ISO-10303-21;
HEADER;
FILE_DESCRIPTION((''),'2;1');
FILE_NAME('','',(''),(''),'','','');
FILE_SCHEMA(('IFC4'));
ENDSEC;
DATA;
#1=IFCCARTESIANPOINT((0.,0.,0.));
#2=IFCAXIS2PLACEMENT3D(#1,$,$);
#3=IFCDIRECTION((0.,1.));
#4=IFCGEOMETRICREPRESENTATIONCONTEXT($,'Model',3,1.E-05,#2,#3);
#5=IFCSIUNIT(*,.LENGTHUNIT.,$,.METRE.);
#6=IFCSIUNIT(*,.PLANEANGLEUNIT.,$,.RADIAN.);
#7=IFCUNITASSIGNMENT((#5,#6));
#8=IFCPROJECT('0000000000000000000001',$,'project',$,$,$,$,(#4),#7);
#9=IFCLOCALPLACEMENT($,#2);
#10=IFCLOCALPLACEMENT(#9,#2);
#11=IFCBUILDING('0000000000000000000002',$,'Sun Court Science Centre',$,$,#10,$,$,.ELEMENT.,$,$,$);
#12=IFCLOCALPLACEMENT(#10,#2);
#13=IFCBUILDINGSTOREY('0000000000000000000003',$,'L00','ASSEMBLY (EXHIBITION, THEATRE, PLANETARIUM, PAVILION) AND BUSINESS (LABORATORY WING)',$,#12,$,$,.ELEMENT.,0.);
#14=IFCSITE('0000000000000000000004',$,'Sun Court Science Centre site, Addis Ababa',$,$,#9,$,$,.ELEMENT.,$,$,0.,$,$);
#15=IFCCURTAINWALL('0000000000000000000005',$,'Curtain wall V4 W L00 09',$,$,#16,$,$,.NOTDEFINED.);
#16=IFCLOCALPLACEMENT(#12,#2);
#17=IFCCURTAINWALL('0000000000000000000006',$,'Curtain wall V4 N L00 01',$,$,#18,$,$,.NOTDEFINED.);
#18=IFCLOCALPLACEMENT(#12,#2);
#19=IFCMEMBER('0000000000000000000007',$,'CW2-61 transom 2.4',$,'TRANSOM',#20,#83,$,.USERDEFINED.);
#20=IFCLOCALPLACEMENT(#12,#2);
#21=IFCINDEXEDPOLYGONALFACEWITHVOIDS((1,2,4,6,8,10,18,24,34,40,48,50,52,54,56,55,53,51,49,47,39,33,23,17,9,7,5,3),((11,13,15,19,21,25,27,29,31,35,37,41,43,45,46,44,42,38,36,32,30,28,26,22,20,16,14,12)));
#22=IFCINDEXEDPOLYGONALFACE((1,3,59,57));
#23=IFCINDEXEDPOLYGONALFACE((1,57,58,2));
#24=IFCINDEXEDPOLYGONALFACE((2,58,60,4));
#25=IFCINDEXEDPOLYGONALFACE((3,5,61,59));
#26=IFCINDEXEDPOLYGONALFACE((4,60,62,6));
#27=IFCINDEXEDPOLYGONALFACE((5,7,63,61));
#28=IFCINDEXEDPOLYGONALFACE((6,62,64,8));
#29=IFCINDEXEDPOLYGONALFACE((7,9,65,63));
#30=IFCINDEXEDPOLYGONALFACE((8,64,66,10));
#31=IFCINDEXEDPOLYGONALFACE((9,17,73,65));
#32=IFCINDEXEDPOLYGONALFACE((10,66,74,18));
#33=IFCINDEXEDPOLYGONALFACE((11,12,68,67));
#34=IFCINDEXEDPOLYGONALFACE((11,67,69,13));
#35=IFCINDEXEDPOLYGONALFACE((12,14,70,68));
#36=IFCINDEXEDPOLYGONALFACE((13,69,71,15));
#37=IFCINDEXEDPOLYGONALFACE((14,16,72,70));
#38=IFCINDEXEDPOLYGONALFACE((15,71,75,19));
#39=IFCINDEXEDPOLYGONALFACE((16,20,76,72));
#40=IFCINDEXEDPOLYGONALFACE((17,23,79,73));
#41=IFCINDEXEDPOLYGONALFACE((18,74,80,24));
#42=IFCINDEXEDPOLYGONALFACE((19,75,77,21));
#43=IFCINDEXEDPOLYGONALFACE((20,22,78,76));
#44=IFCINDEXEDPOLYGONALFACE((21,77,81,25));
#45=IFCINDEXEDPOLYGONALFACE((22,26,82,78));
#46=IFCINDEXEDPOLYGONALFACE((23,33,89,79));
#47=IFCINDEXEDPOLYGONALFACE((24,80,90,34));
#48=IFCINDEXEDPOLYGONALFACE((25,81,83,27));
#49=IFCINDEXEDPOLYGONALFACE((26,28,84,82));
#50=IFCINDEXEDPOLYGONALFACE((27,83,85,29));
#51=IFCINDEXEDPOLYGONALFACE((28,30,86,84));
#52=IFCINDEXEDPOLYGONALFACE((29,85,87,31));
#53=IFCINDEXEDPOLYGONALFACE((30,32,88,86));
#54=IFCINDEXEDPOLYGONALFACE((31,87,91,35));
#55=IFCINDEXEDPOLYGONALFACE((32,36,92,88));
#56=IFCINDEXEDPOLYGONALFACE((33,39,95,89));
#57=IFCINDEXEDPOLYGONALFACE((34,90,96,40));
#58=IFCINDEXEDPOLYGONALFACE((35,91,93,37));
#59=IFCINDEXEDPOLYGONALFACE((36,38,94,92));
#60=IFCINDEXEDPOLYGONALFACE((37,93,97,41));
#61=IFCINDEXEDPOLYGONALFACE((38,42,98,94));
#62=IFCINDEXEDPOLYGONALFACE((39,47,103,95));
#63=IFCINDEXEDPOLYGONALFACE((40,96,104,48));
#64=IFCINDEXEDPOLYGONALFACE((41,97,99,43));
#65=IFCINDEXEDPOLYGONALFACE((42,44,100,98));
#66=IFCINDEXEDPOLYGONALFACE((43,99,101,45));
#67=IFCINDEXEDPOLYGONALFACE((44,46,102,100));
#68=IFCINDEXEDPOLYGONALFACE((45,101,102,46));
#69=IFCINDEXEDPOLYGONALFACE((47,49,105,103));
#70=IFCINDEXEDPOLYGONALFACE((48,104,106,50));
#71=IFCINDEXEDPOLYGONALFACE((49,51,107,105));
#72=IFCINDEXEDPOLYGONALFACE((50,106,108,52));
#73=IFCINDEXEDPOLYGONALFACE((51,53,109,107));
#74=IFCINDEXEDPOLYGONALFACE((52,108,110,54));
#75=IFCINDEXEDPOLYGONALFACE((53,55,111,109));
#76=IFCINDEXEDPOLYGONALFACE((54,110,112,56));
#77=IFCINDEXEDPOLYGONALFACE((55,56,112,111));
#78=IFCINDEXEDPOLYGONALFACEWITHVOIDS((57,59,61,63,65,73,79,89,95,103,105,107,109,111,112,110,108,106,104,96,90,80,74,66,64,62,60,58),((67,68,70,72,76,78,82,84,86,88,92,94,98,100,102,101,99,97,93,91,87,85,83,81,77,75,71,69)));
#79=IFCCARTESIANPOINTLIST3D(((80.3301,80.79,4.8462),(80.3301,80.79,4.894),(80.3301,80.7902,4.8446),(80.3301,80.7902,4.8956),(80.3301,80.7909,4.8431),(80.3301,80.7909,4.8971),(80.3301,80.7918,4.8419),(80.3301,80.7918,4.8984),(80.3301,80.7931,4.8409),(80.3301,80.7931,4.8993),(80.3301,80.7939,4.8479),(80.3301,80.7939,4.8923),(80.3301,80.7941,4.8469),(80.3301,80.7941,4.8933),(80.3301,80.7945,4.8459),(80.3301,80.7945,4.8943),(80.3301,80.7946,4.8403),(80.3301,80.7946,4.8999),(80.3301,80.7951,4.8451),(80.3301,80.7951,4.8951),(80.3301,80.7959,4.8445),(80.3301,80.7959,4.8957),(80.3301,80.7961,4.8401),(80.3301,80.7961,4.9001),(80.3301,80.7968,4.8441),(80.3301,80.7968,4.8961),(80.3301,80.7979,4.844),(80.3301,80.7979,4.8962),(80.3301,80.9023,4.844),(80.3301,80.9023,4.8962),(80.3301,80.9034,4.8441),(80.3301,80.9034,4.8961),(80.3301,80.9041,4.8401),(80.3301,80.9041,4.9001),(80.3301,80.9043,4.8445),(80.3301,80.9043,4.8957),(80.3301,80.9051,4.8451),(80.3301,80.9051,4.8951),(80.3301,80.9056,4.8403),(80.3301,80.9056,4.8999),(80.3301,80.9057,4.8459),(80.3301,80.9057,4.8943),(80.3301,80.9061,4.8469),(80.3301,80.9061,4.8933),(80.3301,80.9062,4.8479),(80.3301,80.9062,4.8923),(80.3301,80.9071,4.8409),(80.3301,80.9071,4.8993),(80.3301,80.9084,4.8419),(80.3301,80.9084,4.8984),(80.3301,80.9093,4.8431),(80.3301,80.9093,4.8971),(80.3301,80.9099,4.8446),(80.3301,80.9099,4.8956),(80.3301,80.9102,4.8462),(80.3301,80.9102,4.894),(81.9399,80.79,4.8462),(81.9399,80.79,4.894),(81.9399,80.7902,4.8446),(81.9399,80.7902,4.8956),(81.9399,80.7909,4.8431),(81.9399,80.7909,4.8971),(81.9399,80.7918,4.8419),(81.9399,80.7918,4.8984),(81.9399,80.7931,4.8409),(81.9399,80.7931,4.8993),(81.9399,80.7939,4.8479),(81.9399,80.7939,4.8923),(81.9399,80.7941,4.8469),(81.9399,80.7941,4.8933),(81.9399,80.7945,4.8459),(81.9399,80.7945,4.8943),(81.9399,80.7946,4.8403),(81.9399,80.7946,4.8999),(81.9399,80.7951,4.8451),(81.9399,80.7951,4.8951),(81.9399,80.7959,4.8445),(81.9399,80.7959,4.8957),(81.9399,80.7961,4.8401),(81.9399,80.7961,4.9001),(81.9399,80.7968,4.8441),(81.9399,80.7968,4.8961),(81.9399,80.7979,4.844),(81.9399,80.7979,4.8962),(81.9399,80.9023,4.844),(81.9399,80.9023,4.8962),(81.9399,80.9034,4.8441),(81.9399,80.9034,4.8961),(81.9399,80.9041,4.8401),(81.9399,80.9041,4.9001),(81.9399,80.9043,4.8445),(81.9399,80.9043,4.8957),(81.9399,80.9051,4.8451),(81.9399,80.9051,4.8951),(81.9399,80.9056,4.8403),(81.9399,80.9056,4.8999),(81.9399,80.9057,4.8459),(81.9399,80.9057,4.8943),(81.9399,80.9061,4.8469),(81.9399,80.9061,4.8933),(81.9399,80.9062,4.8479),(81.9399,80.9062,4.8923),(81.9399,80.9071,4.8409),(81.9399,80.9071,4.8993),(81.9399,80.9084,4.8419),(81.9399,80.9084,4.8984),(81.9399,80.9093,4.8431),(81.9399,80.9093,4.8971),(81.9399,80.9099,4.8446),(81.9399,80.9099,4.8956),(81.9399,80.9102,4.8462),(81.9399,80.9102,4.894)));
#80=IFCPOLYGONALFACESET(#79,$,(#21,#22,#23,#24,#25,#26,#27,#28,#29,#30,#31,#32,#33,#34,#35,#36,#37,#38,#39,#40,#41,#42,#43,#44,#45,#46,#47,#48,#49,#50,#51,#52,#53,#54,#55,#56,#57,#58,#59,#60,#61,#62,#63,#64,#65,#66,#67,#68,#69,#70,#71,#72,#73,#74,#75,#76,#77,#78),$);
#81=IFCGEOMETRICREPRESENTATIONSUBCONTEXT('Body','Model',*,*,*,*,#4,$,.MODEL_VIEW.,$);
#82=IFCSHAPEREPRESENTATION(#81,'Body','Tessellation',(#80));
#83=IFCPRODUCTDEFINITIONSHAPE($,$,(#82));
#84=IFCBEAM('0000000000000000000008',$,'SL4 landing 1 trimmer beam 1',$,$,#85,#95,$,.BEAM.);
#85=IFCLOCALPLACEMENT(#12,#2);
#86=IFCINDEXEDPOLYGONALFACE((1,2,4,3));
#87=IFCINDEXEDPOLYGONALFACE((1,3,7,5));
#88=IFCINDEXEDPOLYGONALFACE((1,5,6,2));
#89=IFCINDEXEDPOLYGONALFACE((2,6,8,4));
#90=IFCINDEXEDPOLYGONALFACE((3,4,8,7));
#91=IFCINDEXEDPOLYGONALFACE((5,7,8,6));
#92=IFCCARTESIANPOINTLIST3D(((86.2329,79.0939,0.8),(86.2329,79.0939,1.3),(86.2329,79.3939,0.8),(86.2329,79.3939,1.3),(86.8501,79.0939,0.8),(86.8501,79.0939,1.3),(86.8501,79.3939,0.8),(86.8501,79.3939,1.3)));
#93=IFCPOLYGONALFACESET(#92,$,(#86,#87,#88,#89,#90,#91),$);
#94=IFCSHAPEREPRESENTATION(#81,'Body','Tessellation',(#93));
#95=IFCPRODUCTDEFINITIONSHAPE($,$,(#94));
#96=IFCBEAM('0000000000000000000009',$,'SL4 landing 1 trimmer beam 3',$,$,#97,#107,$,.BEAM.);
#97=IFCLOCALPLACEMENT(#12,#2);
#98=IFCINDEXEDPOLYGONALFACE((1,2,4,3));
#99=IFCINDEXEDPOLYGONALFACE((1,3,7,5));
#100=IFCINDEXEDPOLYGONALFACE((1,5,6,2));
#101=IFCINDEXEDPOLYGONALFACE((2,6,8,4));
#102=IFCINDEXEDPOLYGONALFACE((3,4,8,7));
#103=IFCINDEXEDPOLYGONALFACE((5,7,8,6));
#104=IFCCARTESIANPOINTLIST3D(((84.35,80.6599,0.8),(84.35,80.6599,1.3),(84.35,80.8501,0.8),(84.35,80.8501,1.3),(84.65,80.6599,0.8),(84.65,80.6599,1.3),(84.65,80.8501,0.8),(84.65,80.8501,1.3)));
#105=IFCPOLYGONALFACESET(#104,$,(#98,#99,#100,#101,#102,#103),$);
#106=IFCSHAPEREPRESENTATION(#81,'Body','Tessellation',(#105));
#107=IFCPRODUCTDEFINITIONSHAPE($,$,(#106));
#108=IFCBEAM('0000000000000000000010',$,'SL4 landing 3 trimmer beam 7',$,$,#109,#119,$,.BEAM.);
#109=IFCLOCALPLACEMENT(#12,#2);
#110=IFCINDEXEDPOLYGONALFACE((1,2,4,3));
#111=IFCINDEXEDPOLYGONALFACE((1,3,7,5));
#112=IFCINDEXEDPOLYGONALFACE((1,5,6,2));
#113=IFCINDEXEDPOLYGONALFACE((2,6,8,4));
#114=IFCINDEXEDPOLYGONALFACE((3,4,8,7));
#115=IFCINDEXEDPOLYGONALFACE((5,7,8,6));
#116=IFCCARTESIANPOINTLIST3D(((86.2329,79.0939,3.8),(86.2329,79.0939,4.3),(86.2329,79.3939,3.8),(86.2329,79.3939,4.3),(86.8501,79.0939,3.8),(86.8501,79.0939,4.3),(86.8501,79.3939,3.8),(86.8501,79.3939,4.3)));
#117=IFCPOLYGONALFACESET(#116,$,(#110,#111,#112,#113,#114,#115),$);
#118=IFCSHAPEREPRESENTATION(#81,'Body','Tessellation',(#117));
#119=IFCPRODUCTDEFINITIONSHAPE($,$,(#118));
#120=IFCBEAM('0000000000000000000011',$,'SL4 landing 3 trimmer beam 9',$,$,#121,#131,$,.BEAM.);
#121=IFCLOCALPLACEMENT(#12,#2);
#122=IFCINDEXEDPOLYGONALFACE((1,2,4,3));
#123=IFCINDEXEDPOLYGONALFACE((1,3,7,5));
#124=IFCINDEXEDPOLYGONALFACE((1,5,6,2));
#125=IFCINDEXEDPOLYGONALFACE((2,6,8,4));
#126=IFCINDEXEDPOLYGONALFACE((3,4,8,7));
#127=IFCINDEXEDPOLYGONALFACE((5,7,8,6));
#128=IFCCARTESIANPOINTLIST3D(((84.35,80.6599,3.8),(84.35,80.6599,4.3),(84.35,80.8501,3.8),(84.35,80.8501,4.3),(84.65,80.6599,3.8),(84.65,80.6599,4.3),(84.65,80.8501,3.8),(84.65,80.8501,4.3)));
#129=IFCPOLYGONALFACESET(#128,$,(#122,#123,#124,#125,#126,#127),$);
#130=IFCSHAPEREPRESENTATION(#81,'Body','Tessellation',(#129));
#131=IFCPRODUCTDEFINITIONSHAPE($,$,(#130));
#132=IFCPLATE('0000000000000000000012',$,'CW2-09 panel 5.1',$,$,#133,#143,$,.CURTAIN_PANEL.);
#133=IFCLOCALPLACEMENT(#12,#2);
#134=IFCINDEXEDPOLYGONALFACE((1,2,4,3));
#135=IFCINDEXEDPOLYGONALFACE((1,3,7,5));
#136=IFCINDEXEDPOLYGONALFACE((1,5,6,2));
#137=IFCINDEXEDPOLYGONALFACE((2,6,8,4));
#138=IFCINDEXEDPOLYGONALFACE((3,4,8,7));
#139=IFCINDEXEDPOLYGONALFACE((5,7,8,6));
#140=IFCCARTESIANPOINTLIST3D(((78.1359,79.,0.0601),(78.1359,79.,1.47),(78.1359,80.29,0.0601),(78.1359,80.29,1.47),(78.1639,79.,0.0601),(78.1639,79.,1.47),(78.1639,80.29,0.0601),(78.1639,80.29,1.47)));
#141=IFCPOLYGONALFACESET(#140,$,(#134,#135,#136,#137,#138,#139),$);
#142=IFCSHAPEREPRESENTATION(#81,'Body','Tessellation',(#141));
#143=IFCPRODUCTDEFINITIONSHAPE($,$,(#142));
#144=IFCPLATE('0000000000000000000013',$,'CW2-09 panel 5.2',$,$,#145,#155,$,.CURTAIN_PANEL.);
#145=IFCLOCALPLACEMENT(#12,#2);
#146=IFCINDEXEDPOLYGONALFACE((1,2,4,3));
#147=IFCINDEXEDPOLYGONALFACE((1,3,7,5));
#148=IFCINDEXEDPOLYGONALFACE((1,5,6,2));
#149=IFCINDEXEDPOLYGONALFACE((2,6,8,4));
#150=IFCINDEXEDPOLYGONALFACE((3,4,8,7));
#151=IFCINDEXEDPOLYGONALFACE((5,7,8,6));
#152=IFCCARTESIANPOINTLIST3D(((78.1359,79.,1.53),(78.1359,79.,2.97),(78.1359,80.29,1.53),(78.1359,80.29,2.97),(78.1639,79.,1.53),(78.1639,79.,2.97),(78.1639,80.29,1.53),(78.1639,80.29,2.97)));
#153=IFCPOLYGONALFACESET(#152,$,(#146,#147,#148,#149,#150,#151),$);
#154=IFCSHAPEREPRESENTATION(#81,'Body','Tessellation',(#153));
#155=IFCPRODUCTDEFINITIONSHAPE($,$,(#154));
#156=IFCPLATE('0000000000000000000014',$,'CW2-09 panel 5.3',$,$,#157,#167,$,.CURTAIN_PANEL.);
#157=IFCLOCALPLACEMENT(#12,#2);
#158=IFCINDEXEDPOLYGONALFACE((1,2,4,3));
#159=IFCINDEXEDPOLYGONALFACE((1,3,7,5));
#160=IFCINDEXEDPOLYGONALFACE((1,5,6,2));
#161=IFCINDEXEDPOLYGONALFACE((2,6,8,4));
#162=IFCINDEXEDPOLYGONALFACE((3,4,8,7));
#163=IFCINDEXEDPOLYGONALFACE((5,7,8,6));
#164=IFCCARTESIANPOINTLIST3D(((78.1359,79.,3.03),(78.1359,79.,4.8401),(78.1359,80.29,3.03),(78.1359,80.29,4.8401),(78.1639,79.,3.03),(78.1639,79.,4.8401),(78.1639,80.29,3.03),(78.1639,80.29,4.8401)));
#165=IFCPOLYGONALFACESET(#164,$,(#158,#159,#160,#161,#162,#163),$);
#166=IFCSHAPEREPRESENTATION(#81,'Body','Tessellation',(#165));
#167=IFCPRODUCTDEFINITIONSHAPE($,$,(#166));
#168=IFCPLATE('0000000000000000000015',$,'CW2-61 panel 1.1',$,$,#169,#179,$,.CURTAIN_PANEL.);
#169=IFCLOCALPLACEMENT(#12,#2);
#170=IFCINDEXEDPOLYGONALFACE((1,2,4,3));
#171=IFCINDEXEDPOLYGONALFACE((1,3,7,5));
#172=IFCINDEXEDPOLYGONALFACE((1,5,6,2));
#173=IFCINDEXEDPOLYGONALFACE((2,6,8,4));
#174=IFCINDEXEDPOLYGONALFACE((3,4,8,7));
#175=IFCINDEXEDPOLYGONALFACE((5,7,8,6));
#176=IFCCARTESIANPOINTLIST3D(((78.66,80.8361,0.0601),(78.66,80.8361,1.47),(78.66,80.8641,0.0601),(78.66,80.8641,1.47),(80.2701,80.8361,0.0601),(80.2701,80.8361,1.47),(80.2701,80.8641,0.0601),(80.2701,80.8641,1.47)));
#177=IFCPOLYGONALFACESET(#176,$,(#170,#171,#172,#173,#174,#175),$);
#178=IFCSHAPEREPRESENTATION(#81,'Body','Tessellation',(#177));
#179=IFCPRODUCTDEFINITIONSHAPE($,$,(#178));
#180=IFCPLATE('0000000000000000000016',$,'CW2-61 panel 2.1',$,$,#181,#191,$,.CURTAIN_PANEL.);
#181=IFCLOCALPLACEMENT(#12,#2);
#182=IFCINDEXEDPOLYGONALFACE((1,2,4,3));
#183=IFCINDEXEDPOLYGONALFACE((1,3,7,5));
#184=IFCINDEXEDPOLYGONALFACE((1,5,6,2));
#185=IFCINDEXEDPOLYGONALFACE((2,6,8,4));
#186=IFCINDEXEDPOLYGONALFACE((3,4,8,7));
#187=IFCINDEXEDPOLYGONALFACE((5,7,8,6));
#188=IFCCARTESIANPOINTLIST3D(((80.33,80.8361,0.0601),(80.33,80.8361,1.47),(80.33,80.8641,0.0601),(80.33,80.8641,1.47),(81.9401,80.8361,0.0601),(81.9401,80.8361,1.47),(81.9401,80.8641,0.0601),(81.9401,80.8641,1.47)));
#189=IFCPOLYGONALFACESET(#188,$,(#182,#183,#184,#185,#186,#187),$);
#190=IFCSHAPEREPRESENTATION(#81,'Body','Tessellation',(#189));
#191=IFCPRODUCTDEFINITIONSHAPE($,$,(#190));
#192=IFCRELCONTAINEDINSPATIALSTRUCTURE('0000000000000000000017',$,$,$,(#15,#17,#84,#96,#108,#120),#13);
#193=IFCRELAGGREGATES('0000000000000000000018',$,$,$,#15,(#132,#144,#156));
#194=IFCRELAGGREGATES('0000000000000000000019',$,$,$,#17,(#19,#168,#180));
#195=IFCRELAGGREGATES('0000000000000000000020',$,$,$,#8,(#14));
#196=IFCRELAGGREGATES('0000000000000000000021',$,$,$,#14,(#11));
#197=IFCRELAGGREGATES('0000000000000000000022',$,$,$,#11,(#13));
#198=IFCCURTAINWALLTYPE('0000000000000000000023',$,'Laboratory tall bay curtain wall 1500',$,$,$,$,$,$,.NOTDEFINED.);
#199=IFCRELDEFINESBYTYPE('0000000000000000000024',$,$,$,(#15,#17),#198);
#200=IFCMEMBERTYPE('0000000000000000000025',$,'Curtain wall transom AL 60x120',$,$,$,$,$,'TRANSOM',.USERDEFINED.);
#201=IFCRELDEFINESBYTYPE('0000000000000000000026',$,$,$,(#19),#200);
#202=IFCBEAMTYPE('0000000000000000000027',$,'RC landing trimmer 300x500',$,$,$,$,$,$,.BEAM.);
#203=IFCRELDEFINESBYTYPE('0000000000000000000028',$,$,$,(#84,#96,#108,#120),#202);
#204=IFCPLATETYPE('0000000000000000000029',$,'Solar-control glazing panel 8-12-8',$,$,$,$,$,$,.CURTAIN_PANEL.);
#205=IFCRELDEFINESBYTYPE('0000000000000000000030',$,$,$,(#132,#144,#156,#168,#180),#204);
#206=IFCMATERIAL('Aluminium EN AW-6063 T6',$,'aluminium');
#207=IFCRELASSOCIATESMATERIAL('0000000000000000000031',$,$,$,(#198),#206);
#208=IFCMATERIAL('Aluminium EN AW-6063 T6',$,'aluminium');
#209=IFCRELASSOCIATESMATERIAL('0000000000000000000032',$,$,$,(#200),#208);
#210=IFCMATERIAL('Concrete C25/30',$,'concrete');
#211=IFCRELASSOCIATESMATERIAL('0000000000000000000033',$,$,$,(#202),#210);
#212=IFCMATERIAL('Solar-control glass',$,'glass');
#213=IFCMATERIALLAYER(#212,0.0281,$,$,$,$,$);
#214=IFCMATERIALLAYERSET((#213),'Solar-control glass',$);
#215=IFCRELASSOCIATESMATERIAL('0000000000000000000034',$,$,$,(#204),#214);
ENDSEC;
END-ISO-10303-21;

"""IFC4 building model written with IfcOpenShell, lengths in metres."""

from ifc_helpers import new_model, si_unit, direction, frame, origin, origin_2d, place, context, subcontext, project, spatial, rectangle, hollow_rectangle, extrude, material, layer, layer_set, material_profile, profile_set, type_object, element, aggregate, save


model = new_model("IFC4")

# Units and contexts
model_context = context("Model", 3, precision=1e-05, world=origin(), true_north=direction((0.0, 1.0)))
body_context = subcontext(model_context, "Body", "Model", "MODEL_VIEW")
ifc_project = project(units=[si_unit("LENGTHUNIT", "METRE"), si_unit("PLANEANGLEUNIT", "RADIAN")], contexts=[model_context])

# Site, building, storey
site_placement = place(None, origin())
site = spatial("IfcSite", under=ifc_project, at=site_placement, Name="Sun Court Science Centre site, Addis Ababa", CompositionType="ELEMENT", RefElevation=0.0)
building_placement = place(site_placement, origin())
building = spatial("IfcBuilding", under=site, at=building_placement, Name="Sun Court Science Centre", CompositionType="ELEMENT")
storey_placement = place(building_placement, origin())
storey = spatial("IfcBuildingStorey", under=building, at=storey_placement, Name="L00", Description="ASSEMBLY (EXHIBITION, THEATRE, PLANETARIUM, PAVILION) AND BUSINESS (LABORATORY WING)", CompositionType="ELEMENT", Elevation=0.0)

# Curtain wall
ifc_material_1 = material(Name="Aluminium EN AW-6063 T6", Category="aluminium")
curtain_wall_type = type_object("IfcCurtainWallType", Name="Laboratory tall bay curtain wall 1500", PredefinedType="NOTDEFINED", material=ifc_material_1)
curtain_wall_1_placement = place(storey_placement, origin())
curtain_wall_1 = element("IfcCurtainWall", 1, at=curtain_wall_1_placement, inside=storey, type_object=curtain_wall_type, Name="Curtain wall V4 W L00 09", PredefinedType="NOTDEFINED")

# Curtain wall, member
curtain_wall_2_placement = place(storey_placement, origin())
curtain_wall_2 = element("IfcCurtainWall", 2, at=curtain_wall_2_placement, inside=storey, type_object=curtain_wall_type, Name="Curtain wall V4 N L00 01", PredefinedType="NOTDEFINED")
ifc_material_2 = material(Name="Aluminium EN AW-6063 T6", Category="aluminium")
ifc_material_profile_1 = material_profile(ifc_material_2, hollow_rectangle(XDim=0.0601, YDim=0.1201, WallThickness=0.0039, InnerFilletRadius=0.0039, OuterFilletRadius=0.0061, at=origin_2d()), Name="AL 60x120x4")
ifc_profile_set_1 = profile_set([ifc_material_profile_1], Name="Aluminium EN AW-6063 T6")
member_type_1 = type_object("IfcMemberType", Name="Curtain wall transom AL 60x120", ElementType="TRANSOM", PredefinedType="USERDEFINED", material=ifc_profile_set_1)
member_1_placement = place(storey_placement, frame((80.3301, 80.8501, 4.8701), z_axis=(1.0, 0.0, 0.0), x_axis=(0.0, 0.0, 1.0)))
member_1 = element("IfcMember", 3, at=member_1_placement, type_object=member_type_1, Name="CW2-61 transom 2.4", ObjectType="TRANSOM", PredefinedType="USERDEFINED", context=body_context, shape_type="SweptSolid", body=[
    extrude(hollow_rectangle(XDim=0.0601, YDim=0.1201, WallThickness=0.0039, InnerFilletRadius=0.0039, OuterFilletRadius=0.0061, at=origin_2d()), origin(), (0.0, 0.0, 1.0), 1.6099),
])

# Beams
ifc_material_3 = material(Name="Concrete C25/30", Category="concrete")
ifc_material_profile_2 = material_profile(ifc_material_3, rectangle(XDim=0.3, YDim=0.5, at=origin_2d()), Name="RC 300x500")
ifc_profile_set_2 = profile_set([ifc_material_profile_2], Name="Concrete C25/30")
beam_type = type_object("IfcBeamType", Name="RC landing trimmer 300x500", PredefinedType="BEAM", material=ifc_profile_set_2)
beam_1_placement = place(storey_placement, frame((86.8501, 79.2439, 1.05), z_axis=(-1.0, 0.0, 0.0), x_axis=(0.0, -1.0, 0.0)))
element("IfcBeam", 4, at=beam_1_placement, inside=storey, type_object=beam_type, Name="SL4 landing 1 trimmer beam 1", PredefinedType="BEAM", context=body_context, shape_type="SweptSolid", body=[
    extrude(rectangle(XDim=0.3, YDim=0.5, at=origin_2d()), origin(), (0.0, 0.0, 1.0), 0.6172),
])
beam_2_placement = place(storey_placement, frame((84.5, 80.8501, 1.05), z_axis=(0.0, -1.0, 0.0), x_axis=(1.0, 0.0, 0.0)))
element("IfcBeam", 5, at=beam_2_placement, inside=storey, type_object=beam_type, Name="SL4 landing 1 trimmer beam 3", PredefinedType="BEAM", context=body_context, shape_type="SweptSolid", body=[
    extrude(rectangle(XDim=0.3, YDim=0.5, at=origin_2d()), origin(), (0.0, 0.0, 1.0), 0.1902),
])
beam_3_placement = place(storey_placement, frame((86.8501, 79.2439, 4.05), z_axis=(-1.0, 0.0, 0.0), x_axis=(0.0, -1.0, 0.0)))
element("IfcBeam", 6, at=beam_3_placement, inside=storey, type_object=beam_type, Name="SL4 landing 3 trimmer beam 7", PredefinedType="BEAM", context=body_context, shape_type="SweptSolid", body=[
    extrude(rectangle(XDim=0.3, YDim=0.5, at=origin_2d()), origin(), (0.0, 0.0, 1.0), 0.6172),
])
beam_4_placement = place(storey_placement, frame((84.5, 80.8501, 4.05), z_axis=(0.0, -1.0, 0.0), x_axis=(1.0, 0.0, 0.0)))
element("IfcBeam", 7, at=beam_4_placement, inside=storey, type_object=beam_type, Name="SL4 landing 3 trimmer beam 9", PredefinedType="BEAM", context=body_context, shape_type="SweptSolid", body=[
    extrude(rectangle(XDim=0.3, YDim=0.5, at=origin_2d()), origin(), (0.0, 0.0, 1.0), 0.1902),
])

# Plates
ifc_material_4 = material(Name="Solar-control glass", Category="glass")
ifc_layer_1 = layer(ifc_material_4, 0.0281)
ifc_layer_set_1 = layer_set([ifc_layer_1], Name="Solar-control glass")
plate_type = type_object("IfcPlateType", Name="Solar-control glazing panel 8-12-8", PredefinedType="CURTAIN_PANEL", material=ifc_layer_set_1)
plate_1_placement = place(storey_placement, frame((78.1499, 79.645, 0.0601), z_axis=(0.0, 0.0, 1.0), x_axis=(0.0, 1.0, 0.0)))
plate_1 = element("IfcPlate", 8, at=plate_1_placement, type_object=plate_type, Name="CW2-09 panel 5.1", PredefinedType="CURTAIN_PANEL", context=body_context, shape_type="SweptSolid", body=[
    extrude(rectangle(XDim=1.29, YDim=0.0281, at=origin_2d()), origin(), (0.0, 0.0, 1.0), 1.4099),
])
plate_2_placement = place(storey_placement, frame((78.1499, 79.645, 1.53), z_axis=(0.0, 0.0, 1.0), x_axis=(0.0, 1.0, 0.0)))
plate_2 = element("IfcPlate", 9, at=plate_2_placement, type_object=plate_type, Name="CW2-09 panel 5.2", PredefinedType="CURTAIN_PANEL", context=body_context, shape_type="SweptSolid", body=[
    extrude(rectangle(XDim=1.29, YDim=0.0281, at=origin_2d()), origin(), (0.0, 0.0, 1.0), 1.4399),
])
plate_3_placement = place(storey_placement, frame((78.1499, 79.645, 3.03), z_axis=(0.0, 0.0, 1.0), x_axis=(0.0, 1.0, 0.0)))
plate_3 = element("IfcPlate", 10, at=plate_3_placement, type_object=plate_type, Name="CW2-09 panel 5.3", PredefinedType="CURTAIN_PANEL", context=body_context, shape_type="SweptSolid", body=[
    extrude(rectangle(XDim=1.29, YDim=0.0281, at=origin_2d()), origin(), (0.0, 0.0, 1.0), 1.8101),
])
aggregate(curtain_wall_1, [plate_1, plate_2, plate_3])
plate_4_placement = place(storey_placement, frame((79.4651, 80.8501, 0.0601), z_axis=(0.0, 0.0, 1.0), x_axis=(1.0, 0.0, 0.0)))
plate_4 = element("IfcPlate", 11, at=plate_4_placement, type_object=plate_type, Name="CW2-61 panel 1.1", PredefinedType="CURTAIN_PANEL", context=body_context, shape_type="SweptSolid", body=[
    extrude(rectangle(XDim=1.6101, YDim=0.0281, at=origin_2d()), origin(), (0.0, 0.0, 1.0), 1.4099),
])
plate_5_placement = place(storey_placement, frame((81.135, 80.8501, 0.0601), z_axis=(0.0, 0.0, 1.0), x_axis=(1.0, 0.0, 0.0)))
plate_5 = element("IfcPlate", 12, at=plate_5_placement, type_object=plate_type, Name="CW2-61 panel 2.1", PredefinedType="CURTAIN_PANEL", context=body_context, shape_type="SweptSolid", body=[
    extrude(rectangle(XDim=1.6101, YDim=0.0281, at=origin_2d()), origin(), (0.0, 0.0, 1.0), 1.4099),
])
aggregate(curtain_wall_2, [member_1, plate_4, plate_5])

save(model, "model.ifc")
